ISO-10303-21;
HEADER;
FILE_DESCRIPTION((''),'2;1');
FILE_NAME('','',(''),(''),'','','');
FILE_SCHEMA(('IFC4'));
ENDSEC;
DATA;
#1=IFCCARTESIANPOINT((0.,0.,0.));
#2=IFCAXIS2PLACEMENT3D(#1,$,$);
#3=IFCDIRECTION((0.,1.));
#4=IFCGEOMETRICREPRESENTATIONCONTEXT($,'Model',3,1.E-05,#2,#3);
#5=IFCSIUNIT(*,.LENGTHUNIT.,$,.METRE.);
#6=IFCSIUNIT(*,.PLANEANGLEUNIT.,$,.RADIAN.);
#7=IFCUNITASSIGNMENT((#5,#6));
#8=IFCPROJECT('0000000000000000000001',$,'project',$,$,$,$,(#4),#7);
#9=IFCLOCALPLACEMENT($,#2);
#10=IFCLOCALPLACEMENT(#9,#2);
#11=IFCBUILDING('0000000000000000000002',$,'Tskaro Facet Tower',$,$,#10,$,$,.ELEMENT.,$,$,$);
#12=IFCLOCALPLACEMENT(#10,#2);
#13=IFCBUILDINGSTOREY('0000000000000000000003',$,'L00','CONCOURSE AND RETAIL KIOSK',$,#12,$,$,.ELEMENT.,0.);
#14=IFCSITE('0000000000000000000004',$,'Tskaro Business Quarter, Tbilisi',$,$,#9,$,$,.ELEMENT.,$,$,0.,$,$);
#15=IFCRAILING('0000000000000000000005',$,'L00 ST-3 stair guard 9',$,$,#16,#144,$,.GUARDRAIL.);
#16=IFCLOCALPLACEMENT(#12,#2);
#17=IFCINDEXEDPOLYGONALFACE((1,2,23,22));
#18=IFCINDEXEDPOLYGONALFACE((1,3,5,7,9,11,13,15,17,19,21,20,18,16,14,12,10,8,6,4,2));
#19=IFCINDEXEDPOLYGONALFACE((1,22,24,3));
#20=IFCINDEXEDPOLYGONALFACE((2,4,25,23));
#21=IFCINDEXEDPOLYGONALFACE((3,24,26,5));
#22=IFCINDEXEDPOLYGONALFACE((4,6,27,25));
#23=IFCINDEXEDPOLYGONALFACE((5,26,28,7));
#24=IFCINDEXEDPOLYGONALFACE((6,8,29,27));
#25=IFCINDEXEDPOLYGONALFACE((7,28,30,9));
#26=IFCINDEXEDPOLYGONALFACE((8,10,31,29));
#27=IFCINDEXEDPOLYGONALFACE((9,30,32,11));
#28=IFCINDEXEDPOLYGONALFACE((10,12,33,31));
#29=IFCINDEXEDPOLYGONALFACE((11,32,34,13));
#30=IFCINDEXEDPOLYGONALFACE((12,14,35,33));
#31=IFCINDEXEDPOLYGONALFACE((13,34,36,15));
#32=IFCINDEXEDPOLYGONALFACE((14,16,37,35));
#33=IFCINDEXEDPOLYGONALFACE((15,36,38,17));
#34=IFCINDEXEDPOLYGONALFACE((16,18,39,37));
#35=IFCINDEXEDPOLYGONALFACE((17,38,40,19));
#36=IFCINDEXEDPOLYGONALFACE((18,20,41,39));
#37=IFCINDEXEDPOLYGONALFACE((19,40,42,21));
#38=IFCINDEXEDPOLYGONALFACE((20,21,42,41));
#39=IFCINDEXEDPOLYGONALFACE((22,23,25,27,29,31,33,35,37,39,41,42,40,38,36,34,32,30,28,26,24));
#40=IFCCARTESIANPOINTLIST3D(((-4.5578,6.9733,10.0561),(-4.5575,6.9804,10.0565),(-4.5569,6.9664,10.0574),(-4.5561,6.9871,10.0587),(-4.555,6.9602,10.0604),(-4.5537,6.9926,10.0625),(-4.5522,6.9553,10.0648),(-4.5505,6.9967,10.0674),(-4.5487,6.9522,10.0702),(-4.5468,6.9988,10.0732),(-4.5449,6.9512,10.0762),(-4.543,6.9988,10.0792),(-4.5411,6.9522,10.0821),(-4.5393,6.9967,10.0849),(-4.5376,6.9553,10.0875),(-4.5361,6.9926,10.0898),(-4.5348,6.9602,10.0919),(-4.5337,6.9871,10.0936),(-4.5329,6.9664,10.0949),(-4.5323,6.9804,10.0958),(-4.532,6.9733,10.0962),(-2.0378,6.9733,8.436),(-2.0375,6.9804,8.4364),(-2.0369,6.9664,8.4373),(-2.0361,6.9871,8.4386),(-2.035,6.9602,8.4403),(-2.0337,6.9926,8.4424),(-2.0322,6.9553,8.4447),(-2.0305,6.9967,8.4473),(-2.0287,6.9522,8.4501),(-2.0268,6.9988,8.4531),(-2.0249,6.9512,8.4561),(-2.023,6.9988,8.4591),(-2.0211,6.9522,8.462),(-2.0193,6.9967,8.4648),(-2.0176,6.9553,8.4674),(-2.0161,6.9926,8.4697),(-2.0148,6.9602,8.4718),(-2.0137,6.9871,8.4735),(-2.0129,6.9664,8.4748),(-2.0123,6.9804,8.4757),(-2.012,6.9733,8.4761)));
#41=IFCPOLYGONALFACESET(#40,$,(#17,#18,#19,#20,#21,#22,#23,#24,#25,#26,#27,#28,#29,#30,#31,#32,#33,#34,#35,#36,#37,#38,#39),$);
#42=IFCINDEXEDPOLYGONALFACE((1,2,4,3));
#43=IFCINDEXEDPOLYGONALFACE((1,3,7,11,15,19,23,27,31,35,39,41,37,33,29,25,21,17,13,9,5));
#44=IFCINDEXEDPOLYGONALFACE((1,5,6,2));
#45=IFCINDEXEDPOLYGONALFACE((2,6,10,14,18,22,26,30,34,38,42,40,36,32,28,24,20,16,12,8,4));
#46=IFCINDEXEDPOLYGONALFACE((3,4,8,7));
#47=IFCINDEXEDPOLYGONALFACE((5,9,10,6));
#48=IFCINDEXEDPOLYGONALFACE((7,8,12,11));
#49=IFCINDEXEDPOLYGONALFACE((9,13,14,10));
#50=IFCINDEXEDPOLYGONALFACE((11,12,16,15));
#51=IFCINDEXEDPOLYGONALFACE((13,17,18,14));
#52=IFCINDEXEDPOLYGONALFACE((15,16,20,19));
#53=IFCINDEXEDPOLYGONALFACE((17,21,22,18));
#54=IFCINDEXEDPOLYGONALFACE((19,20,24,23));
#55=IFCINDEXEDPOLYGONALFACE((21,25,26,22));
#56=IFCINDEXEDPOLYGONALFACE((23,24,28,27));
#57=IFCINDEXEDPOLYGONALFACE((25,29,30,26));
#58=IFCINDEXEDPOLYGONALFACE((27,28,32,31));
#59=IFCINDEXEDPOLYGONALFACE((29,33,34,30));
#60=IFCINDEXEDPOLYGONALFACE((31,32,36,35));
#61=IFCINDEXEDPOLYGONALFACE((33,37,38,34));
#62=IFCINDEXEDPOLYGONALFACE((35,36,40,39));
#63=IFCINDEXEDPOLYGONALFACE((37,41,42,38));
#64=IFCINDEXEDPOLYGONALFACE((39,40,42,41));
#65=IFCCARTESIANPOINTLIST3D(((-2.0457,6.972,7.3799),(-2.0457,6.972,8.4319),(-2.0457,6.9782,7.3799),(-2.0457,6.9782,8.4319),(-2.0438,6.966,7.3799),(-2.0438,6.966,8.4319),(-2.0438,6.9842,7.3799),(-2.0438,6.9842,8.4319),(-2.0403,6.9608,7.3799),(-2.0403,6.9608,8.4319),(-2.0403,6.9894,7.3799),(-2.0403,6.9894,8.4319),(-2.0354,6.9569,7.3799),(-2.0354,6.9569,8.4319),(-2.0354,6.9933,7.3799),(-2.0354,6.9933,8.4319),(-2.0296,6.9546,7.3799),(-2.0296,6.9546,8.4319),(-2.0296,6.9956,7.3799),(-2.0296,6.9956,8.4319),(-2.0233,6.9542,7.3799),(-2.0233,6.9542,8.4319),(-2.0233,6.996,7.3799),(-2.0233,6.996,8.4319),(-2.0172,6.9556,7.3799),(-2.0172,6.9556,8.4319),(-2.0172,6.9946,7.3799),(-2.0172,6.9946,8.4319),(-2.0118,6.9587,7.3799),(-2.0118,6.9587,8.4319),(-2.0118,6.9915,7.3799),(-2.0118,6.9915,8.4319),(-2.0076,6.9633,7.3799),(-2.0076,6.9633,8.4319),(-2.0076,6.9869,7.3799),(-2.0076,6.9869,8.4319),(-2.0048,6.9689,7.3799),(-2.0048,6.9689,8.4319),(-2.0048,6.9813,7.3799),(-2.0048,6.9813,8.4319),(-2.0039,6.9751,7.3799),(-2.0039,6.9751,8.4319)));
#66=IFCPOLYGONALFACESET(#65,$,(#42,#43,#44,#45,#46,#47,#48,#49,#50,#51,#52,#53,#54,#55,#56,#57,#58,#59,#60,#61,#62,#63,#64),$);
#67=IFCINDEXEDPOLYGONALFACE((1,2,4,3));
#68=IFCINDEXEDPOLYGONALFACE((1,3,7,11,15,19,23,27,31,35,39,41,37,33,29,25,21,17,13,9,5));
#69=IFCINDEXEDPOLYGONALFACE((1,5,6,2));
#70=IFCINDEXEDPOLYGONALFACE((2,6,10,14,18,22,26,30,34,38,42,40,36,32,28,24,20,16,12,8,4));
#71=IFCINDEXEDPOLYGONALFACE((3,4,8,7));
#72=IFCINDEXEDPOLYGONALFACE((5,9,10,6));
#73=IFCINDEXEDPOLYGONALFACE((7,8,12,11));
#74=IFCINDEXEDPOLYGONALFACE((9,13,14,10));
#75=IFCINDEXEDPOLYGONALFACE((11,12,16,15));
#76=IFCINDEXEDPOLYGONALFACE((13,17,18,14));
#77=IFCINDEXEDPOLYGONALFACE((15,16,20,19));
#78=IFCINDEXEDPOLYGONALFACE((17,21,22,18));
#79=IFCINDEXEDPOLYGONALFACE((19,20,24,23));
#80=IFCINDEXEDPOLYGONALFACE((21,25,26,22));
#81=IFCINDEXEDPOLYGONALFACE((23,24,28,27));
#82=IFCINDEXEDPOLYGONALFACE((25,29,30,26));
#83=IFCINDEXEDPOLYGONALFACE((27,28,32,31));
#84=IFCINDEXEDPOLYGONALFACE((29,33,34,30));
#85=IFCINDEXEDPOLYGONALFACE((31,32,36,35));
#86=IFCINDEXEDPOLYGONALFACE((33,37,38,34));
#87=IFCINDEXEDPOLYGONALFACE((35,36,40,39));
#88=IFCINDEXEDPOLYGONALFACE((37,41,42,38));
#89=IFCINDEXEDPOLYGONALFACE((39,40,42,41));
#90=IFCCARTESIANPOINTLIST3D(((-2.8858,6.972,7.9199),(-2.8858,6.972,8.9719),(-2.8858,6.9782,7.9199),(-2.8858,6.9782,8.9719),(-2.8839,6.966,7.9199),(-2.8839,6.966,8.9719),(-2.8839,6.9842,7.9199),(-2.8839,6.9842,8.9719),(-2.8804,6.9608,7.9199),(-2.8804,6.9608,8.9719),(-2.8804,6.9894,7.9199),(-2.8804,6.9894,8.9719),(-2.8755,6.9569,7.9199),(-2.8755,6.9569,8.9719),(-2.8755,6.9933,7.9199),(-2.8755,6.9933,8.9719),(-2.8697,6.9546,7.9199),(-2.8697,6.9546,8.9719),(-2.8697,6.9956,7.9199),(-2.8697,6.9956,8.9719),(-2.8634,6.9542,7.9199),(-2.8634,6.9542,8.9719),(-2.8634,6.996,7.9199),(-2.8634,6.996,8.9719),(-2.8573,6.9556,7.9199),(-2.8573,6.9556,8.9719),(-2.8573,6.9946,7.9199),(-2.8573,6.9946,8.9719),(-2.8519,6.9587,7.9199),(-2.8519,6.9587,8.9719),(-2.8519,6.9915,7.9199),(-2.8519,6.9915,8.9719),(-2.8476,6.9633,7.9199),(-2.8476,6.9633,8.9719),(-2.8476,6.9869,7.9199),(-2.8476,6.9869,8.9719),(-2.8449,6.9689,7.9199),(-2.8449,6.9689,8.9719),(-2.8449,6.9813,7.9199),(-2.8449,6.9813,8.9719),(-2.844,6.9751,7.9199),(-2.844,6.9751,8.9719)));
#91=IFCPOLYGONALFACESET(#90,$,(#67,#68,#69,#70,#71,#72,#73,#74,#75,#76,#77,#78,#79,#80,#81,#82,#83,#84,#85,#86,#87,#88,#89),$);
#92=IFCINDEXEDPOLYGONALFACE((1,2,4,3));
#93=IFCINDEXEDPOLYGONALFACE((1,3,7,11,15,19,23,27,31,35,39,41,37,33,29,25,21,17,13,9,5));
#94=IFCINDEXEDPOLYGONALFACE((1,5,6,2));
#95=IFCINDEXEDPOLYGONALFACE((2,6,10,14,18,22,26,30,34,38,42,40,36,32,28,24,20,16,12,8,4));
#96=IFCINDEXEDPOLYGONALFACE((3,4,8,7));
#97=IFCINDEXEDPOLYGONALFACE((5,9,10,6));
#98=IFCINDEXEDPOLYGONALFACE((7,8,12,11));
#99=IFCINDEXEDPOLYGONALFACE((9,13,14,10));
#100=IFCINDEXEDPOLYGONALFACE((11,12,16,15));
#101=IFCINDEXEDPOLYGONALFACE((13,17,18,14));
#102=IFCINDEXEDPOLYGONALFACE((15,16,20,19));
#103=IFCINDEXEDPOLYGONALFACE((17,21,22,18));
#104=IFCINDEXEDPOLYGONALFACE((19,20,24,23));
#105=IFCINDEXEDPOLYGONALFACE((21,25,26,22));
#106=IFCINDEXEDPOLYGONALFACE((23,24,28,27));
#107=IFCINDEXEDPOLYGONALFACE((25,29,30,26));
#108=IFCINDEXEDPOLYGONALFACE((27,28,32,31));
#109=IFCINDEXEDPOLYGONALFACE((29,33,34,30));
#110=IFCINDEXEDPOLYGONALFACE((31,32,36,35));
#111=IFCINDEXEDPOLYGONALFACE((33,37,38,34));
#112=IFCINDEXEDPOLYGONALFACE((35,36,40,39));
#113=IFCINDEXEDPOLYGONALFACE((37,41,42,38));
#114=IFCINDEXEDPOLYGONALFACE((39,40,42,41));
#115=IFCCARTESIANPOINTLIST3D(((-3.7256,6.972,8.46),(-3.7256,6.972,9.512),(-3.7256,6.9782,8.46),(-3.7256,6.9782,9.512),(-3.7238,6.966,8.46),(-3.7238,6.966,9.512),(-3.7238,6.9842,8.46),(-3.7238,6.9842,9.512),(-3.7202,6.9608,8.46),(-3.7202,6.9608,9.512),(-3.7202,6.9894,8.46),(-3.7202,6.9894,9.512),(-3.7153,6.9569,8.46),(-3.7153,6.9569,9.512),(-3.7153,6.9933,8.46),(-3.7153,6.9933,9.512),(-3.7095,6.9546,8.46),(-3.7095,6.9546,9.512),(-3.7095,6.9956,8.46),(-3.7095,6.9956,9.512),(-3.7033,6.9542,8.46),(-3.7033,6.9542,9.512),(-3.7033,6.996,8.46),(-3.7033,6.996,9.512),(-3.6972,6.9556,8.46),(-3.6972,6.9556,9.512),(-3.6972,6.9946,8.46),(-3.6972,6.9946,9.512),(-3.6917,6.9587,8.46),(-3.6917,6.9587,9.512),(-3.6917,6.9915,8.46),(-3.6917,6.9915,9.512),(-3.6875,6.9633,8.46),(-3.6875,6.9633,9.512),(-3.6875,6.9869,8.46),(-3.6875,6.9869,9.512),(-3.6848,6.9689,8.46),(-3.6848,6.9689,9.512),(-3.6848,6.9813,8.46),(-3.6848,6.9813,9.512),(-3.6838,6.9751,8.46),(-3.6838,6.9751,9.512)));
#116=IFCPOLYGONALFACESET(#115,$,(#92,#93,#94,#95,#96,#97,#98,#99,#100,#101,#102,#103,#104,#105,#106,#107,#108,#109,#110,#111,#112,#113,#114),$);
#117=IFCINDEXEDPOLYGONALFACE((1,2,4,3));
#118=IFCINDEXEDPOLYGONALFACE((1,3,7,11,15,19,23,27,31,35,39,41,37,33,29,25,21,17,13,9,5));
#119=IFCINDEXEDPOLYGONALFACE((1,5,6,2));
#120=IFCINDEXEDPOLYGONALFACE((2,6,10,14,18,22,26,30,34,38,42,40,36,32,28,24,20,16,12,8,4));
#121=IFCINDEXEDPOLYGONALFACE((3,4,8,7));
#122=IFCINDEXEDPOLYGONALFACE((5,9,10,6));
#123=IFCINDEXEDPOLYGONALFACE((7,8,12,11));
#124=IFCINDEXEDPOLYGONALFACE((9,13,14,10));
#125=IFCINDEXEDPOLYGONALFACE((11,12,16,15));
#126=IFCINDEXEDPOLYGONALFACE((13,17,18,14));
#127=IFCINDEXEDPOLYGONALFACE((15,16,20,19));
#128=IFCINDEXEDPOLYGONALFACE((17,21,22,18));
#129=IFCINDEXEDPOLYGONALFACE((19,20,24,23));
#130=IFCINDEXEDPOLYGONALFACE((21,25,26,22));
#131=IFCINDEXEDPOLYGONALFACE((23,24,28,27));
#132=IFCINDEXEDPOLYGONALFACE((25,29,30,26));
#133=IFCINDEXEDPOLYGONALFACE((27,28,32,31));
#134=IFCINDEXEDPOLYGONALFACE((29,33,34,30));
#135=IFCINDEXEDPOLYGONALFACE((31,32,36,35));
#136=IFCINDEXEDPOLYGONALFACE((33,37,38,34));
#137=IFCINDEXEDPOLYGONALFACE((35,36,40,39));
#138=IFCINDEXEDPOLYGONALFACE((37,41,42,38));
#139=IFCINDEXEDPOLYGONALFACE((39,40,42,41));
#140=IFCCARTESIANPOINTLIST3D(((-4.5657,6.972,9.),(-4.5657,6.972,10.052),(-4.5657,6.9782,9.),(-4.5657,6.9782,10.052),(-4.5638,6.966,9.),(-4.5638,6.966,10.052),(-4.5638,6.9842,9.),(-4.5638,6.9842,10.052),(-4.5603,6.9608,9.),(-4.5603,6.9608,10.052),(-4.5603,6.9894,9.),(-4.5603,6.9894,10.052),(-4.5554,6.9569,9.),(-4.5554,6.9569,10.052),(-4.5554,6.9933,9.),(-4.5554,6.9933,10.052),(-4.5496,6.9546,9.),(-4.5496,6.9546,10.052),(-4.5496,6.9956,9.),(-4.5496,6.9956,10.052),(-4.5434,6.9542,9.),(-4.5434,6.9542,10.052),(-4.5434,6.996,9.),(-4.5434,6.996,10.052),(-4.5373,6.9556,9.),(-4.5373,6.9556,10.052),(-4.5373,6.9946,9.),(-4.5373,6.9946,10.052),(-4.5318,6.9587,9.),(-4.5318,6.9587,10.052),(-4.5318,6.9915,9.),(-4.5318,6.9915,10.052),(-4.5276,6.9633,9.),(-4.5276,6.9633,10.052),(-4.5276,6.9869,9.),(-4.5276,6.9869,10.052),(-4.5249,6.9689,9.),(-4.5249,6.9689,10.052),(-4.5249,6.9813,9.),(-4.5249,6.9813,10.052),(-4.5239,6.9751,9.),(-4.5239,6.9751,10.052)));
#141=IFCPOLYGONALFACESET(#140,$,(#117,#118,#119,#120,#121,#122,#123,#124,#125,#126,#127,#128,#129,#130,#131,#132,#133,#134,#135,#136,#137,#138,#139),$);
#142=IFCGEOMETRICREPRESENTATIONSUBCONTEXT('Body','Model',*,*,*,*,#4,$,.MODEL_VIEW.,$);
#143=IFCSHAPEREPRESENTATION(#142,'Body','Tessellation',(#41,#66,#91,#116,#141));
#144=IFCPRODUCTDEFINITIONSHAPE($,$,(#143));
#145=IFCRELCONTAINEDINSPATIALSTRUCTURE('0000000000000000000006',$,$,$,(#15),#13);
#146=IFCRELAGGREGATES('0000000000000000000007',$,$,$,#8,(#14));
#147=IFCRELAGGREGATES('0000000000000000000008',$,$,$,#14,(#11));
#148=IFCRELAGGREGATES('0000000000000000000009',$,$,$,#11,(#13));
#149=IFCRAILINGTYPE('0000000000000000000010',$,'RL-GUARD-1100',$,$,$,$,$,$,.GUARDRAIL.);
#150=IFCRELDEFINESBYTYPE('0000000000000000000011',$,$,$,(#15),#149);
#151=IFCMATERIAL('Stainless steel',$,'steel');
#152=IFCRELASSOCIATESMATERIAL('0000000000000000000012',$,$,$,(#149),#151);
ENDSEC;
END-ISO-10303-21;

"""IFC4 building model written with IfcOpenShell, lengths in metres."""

from ifc_helpers import new_model, si_unit, direction, frame, origin, origin_2d, place, context, subcontext, project, spatial, circle, extrude, material, type_object, element, save


model = new_model("IFC4")

# Units and contexts
model_context = context("Model", 3, precision=1e-05, world=origin(), true_north=direction((0.0, 1.0)))
body_context = subcontext(model_context, "Body", "Model", "MODEL_VIEW")
ifc_project = project(units=[si_unit("LENGTHUNIT", "METRE"), si_unit("PLANEANGLEUNIT", "RADIAN")], contexts=[model_context])

# Site, building, storey
site_placement = place(None, origin())
site = spatial("IfcSite", under=ifc_project, at=site_placement, Name="Tskaro Business Quarter, Tbilisi", CompositionType="ELEMENT", RefElevation=0.0)
building_placement = place(site_placement, origin())
building = spatial("IfcBuilding", under=site, at=building_placement, Name="Tskaro Facet Tower", CompositionType="ELEMENT")
storey_placement = place(building_placement, origin())
storey = spatial("IfcBuildingStorey", under=building, at=storey_placement, Name="L00", Description="CONCOURSE AND RETAIL KIOSK", CompositionType="ELEMENT", Elevation=0.0)

# Railing
ifc_material_1 = material(Name="Stainless steel", Category="steel")
railing_type_1 = type_object("IfcRailingType", Name="RL-GUARD-1100", PredefinedType="GUARDRAIL", material=ifc_material_1)
railing_1_placement = place(storey_placement, frame((-2.0249, 6.9751, 7.3799)))
element("IfcRailing", 1, at=railing_1_placement, inside=storey, type_object=railing_type_1, Name="L00 ST-3 stair guard 9", PredefinedType="GUARDRAIL", context=body_context, shape_type="SweptSolid", body=[
    extrude(circle(Radius=0.0239, at=origin_2d()), frame((0.0, 0.0, 1.0762), z_axis=(-0.841163, 0.0, 0.540782), x_axis=(0.0, -1.0, 0.0)), (0.0, 0.0, 1.0), 2.9958),
    extrude(circle(Radius=0.021, at=origin_2d()), origin(), (0.0, 0.0, 1.0), 1.052),
    extrude(circle(Radius=0.021, at=origin_2d()), frame((-0.8401, 0.0, 0.54)), (0.0, 0.0, 1.0), 1.052),
    extrude(circle(Radius=0.021, at=origin_2d()), frame((-1.6799, 0.0, 1.0801)), (0.0, 0.0, 1.0), 1.052),
    extrude(circle(Radius=0.021, at=origin_2d()), frame((-2.52, 0.0, 1.6201)), (0.0, 0.0, 1.0), 1.052),
])

save(model, "model.ifc")
